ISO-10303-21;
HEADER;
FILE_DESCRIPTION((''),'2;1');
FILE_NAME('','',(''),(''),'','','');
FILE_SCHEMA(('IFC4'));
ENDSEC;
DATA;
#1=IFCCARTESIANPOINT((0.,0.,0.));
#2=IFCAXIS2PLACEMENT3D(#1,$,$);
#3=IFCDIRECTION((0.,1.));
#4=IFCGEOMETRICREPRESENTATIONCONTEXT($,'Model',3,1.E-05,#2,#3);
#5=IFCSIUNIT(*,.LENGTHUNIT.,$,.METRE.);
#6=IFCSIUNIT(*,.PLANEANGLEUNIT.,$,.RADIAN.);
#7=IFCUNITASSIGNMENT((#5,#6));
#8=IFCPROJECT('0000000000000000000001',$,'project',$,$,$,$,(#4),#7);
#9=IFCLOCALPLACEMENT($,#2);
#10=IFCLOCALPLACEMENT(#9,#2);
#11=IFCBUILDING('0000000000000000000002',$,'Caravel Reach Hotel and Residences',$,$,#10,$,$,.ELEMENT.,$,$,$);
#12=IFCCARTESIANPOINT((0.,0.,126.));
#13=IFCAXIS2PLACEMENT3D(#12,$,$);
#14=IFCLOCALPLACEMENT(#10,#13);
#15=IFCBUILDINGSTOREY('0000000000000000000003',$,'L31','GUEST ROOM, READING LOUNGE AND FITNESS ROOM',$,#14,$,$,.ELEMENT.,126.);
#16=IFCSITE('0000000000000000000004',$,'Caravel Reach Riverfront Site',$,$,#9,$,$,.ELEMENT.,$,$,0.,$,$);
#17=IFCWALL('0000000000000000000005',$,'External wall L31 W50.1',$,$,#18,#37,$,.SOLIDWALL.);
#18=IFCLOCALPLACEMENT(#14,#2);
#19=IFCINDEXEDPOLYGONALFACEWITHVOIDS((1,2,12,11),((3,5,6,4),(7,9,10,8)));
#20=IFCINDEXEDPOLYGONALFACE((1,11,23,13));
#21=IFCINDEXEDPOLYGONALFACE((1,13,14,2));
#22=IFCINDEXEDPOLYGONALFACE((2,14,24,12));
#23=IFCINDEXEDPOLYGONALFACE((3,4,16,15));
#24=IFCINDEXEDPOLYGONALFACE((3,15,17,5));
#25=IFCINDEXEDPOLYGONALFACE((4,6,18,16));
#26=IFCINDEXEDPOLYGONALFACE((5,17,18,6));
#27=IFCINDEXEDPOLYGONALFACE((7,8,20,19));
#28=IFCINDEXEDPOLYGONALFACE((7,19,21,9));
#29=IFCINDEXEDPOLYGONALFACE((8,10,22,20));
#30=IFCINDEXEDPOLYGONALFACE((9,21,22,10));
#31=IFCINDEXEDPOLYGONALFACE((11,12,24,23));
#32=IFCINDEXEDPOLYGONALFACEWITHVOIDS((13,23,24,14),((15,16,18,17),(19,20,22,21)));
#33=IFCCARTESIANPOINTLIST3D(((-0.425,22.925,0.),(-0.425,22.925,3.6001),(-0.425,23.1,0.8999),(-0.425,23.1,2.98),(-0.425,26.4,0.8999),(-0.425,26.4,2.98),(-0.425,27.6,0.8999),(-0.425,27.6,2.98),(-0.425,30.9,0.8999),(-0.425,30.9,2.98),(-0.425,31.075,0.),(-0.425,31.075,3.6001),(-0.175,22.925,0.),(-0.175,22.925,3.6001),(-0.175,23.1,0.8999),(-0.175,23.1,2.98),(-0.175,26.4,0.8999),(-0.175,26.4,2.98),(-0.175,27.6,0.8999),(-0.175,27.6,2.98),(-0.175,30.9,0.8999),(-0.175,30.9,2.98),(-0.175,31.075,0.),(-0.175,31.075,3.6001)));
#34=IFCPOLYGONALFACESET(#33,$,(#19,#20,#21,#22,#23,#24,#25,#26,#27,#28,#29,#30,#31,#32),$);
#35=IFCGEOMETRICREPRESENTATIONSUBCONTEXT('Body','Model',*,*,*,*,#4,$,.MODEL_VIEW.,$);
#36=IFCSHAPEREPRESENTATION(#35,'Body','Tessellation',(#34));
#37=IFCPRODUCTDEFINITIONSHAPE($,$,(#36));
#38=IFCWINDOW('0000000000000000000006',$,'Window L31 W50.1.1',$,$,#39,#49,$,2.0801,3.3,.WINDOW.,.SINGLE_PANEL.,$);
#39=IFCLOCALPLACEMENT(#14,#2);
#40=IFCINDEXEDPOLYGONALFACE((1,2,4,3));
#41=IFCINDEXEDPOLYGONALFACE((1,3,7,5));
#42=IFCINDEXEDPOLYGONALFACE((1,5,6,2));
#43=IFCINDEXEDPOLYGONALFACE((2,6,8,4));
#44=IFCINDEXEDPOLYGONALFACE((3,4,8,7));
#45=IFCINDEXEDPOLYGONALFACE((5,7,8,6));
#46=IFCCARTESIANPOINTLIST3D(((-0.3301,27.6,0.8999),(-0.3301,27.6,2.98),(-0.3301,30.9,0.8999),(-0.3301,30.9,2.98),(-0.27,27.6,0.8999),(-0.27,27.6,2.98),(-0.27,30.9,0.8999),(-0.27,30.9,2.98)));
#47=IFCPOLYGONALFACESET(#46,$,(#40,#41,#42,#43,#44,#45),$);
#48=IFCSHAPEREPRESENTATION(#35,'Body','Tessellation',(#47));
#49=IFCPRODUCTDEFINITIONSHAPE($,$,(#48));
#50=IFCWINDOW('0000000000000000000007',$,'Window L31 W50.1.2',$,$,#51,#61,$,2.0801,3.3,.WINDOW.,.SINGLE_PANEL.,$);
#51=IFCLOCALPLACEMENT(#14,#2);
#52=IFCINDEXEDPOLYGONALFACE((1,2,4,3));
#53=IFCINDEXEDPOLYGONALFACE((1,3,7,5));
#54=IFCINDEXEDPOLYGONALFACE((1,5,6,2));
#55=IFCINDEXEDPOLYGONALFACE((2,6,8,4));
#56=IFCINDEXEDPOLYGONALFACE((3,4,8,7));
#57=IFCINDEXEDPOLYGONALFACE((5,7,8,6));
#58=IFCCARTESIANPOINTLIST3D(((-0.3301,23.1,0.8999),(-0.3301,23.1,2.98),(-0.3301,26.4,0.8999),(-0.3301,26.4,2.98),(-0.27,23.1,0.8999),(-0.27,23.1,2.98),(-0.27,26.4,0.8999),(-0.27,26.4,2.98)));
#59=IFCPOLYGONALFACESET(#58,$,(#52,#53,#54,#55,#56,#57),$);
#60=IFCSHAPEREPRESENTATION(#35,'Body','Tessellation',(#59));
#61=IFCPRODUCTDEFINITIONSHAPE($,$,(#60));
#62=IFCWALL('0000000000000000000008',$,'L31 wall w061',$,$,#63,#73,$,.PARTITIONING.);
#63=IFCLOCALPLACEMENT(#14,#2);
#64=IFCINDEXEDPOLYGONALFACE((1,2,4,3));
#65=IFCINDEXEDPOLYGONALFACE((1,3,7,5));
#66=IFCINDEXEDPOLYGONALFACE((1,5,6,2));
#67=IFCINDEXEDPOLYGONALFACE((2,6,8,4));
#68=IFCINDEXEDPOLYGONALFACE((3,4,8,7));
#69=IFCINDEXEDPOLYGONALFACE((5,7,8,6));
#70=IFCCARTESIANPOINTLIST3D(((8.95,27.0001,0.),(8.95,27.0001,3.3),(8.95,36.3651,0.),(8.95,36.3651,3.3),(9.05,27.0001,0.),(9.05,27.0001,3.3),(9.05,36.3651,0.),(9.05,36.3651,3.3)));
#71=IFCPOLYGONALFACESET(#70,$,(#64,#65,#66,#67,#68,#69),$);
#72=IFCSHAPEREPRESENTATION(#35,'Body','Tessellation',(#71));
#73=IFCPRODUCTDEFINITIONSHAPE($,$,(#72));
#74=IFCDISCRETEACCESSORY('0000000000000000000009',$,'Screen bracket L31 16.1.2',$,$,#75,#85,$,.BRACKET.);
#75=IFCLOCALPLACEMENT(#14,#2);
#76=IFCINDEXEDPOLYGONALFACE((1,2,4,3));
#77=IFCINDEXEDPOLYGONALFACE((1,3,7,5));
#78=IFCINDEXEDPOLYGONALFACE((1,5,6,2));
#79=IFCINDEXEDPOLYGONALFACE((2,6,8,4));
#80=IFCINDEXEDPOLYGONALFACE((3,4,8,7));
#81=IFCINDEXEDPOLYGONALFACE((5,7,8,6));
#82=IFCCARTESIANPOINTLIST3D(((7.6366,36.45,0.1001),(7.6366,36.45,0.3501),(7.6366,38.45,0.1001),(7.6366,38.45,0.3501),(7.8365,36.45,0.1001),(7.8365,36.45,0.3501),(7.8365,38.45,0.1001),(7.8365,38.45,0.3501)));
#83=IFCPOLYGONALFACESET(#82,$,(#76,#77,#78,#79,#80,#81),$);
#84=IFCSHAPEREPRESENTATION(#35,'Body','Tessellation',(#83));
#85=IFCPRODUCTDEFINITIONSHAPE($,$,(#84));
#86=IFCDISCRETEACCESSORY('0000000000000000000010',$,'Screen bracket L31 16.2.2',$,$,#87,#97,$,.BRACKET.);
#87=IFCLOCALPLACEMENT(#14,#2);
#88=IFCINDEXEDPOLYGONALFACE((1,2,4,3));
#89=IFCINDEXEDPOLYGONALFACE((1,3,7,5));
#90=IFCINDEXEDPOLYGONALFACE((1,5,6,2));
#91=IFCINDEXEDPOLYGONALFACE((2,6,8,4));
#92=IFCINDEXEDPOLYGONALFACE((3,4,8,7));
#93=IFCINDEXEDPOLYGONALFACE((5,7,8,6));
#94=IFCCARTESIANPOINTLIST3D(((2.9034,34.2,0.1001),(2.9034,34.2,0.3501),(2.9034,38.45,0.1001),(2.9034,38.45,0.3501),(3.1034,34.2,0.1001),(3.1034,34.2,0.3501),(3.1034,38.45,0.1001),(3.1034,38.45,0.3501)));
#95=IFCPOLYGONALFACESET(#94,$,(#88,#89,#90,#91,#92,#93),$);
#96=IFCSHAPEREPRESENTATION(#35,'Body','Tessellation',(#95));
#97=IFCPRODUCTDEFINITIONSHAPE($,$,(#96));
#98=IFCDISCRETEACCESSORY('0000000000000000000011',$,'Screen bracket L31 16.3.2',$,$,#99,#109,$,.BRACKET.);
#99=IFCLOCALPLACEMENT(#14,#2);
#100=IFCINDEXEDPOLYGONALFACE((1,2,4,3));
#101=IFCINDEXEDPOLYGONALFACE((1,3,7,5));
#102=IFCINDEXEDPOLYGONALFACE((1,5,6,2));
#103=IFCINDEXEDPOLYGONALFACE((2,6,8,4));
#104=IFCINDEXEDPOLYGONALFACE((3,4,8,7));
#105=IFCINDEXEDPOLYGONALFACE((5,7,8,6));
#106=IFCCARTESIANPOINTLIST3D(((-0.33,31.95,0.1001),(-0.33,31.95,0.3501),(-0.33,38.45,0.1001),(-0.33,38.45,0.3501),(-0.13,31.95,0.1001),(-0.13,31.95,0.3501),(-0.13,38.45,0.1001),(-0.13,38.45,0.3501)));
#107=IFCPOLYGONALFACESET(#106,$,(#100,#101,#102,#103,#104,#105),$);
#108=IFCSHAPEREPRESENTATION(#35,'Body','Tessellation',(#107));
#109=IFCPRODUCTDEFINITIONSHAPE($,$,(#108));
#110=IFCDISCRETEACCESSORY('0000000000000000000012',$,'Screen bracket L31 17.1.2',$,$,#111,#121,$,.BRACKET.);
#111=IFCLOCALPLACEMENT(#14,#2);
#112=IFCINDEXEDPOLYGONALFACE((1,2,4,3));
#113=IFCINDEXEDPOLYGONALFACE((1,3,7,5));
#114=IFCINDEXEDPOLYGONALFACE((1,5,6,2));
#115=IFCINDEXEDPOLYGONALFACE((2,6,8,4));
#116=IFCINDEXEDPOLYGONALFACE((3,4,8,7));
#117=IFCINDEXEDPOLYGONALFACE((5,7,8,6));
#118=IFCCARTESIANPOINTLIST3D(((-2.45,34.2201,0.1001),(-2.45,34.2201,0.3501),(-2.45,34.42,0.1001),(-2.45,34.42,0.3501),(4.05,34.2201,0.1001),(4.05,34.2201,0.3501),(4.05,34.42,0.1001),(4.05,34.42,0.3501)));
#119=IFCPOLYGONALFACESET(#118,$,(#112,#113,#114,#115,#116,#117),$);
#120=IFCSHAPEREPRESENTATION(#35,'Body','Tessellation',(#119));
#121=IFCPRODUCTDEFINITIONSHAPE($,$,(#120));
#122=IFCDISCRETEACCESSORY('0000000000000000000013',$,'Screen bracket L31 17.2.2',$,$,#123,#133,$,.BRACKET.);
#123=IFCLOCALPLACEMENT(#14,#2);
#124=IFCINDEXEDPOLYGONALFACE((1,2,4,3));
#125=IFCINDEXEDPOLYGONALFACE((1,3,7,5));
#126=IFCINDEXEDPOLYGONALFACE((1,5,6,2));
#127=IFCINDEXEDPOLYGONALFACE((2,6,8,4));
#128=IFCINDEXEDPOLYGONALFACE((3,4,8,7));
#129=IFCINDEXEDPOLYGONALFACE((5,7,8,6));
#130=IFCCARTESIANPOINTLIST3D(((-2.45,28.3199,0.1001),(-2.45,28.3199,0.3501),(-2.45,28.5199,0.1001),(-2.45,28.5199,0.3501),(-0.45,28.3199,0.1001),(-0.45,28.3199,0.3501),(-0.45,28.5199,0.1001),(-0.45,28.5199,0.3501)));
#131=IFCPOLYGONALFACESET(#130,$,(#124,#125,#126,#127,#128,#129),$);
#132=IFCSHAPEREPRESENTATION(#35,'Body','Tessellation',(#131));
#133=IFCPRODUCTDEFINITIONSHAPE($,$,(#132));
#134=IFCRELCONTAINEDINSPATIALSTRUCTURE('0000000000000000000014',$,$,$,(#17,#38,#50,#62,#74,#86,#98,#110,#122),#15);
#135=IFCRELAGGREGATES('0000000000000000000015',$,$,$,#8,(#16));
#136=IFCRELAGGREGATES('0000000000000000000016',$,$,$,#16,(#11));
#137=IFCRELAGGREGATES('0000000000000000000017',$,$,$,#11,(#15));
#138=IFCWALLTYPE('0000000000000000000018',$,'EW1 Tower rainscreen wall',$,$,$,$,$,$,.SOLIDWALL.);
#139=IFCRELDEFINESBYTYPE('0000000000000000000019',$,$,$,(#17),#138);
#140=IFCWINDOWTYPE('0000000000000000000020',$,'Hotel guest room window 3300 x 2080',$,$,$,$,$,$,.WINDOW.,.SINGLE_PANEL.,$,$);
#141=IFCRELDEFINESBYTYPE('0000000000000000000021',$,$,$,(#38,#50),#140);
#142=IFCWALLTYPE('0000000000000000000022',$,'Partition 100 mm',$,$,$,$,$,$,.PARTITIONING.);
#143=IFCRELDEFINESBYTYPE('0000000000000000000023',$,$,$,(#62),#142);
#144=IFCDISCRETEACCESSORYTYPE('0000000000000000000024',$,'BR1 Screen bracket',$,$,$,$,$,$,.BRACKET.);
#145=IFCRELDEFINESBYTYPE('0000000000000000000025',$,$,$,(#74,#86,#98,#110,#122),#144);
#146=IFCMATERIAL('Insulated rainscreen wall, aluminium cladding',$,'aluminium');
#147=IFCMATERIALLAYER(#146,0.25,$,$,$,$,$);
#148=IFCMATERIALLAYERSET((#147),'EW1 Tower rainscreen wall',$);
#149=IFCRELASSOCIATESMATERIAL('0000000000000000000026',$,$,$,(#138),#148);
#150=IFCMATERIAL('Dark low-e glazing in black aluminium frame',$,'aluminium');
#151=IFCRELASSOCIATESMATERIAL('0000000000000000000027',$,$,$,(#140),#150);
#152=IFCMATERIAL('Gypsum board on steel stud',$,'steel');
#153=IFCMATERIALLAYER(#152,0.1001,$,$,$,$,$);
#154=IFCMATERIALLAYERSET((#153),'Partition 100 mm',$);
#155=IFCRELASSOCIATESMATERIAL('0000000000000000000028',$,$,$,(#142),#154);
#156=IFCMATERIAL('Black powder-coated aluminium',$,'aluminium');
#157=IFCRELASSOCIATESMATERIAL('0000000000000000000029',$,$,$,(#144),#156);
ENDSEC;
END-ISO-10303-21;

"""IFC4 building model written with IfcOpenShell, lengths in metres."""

from ifc_helpers import new_model, si_unit, direction, frame, frame_2d, origin, origin_2d, place, context, subcontext, project, spatial, rectangle, extrude, material, layer, layer_set, type_object, element, fill, save


model = new_model("IFC4")

# Units and contexts
model_context = context("Model", 3, precision=1e-05, world=origin(), true_north=direction((0.0, 1.0)))
body_context = subcontext(model_context, "Body", "Model", "MODEL_VIEW")
ifc_project = project(units=[si_unit("LENGTHUNIT", "METRE"), si_unit("PLANEANGLEUNIT", "RADIAN")], contexts=[model_context])

# Site, building, storey
site_placement = place(None, origin())
site = spatial("IfcSite", under=ifc_project, at=site_placement, Name="Caravel Reach Riverfront Site", CompositionType="ELEMENT", RefElevation=0.0)
building_placement = place(site_placement, origin())
building = spatial("IfcBuilding", under=site, at=building_placement, Name="Caravel Reach Hotel and Residences", CompositionType="ELEMENT")
storey_placement = place(building_placement, frame((0.0, 0.0, 126.0)))
storey = spatial("IfcBuildingStorey", under=building, at=storey_placement, Name="L31", Description="GUEST ROOM, READING LOUNGE AND FITNESS ROOM", CompositionType="ELEMENT", Elevation=126.0)

# Shared definitions
ifc_material_1 = material(Name="Insulated rainscreen wall, aluminium cladding", Category="aluminium")
ifc_layer_1 = layer(ifc_material_1, 0.25)
ifc_layer_set_1 = layer_set([ifc_layer_1], Name="EW1 Tower rainscreen wall")
wall_type_1 = type_object("IfcWallType", Name="EW1 Tower rainscreen wall", PredefinedType="SOLIDWALL", material=ifc_layer_set_1)

# Wall, openings, windows
wall_1_placement = place(storey_placement, frame((-0.3, 31.075, 0.0), z_axis=(0.0, 0.0, 1.0), x_axis=(0.0, -1.0, 0.0)))
wall_1 = element("IfcWall", 1, at=wall_1_placement, inside=storey, type_object=wall_type_1, Name="External wall L31 W50.1", PredefinedType="SOLIDWALL", context=body_context, shape_type="SweptSolid", body=[
    extrude(rectangle(XDim=8.1499, YDim=0.25, at=frame_2d((4.075, 0.0))), origin(), (0.0, 0.0, 1.0), 3.6001),
])
opening_1_placement = place(wall_1_placement, frame((0.175, 0.0, 0.8999)))
opening_1 = element("IfcOpeningElement", 2, at=opening_1_placement, cuts=wall_1, PredefinedType="OPENING", context=body_context, shape_type="SweptSolid", body=[
    extrude(rectangle(XDim=3.3, YDim=2.0801, at=frame_2d((1.6499, 1.04))), frame((0.0, 0.135, 0.0), z_axis=(0.0, -1.0, 0.0), x_axis=(1.0, 0.0, 0.0)), (0.0, 0.0, 1.0), 0.27),
])
opening_2_placement = place(wall_1_placement, frame((4.675, 0.0, 0.8999)))
opening_2 = element("IfcOpeningElement", 3, at=opening_2_placement, cuts=wall_1, PredefinedType="OPENING", context=body_context, shape_type="SweptSolid", body=[
    extrude(rectangle(XDim=3.3, YDim=2.0801, at=frame_2d((1.6499, 1.04))), frame((0.0, 0.135, 0.0), z_axis=(0.0, -1.0, 0.0), x_axis=(1.0, 0.0, 0.0)), (0.0, 0.0, 1.0), 0.27),
])
ifc_material_2 = material(Name="Dark low-e glazing in black aluminium frame", Category="aluminium")
window_type_1 = type_object("IfcWindowType", Name="Hotel guest room window 3300 x 2080", PartitioningType="SINGLE_PANEL", PredefinedType="WINDOW", material=ifc_material_2)
window_1_placement = place(opening_1_placement, origin())
window_1 = element("IfcWindow", 4, at=window_1_placement, inside=storey, type_object=window_type_1, Name="Window L31 W50.1.1", OverallHeight=2.0801, OverallWidth=3.3, PartitioningType="SINGLE_PANEL", PredefinedType="WINDOW", context=body_context, shape_type="SweptSolid", body=[
    extrude(rectangle(XDim=3.3, YDim=2.0801, at=frame_2d((1.6499, 1.04))), frame((0.0, 0.03, 0.0), z_axis=(0.0, -1.0, 0.0), x_axis=(1.0, 0.0, 0.0)), (0.0, 0.0, 1.0), 0.0601),
])
fill(opening_1, window_1)
window_2_placement = place(opening_2_placement, origin())
window_2 = element("IfcWindow", 5, at=window_2_placement, inside=storey, type_object=window_type_1, Name="Window L31 W50.1.2", OverallHeight=2.0801, OverallWidth=3.3, PartitioningType="SINGLE_PANEL", PredefinedType="WINDOW", context=body_context, shape_type="SweptSolid", body=[
    extrude(rectangle(XDim=3.3, YDim=2.0801, at=frame_2d((1.6499, 1.04))), frame((0.0, 0.03, 0.0), z_axis=(0.0, -1.0, 0.0), x_axis=(1.0, 0.0, 0.0)), (0.0, 0.0, 1.0), 0.0601),
])
fill(opening_2, window_2)

# Wall
ifc_material_3 = material(Name="Gypsum board on steel stud", Category="steel")
ifc_layer_2 = layer(ifc_material_3, 0.1001)
ifc_layer_set_2 = layer_set([ifc_layer_2], Name="Partition 100 mm")
wall_type_2 = type_object("IfcWallType", Name="Partition 100 mm", PredefinedType="PARTITIONING", material=ifc_layer_set_2)
wall_2_placement = place(storey_placement, frame((9.0, 27.0, 0.0), z_axis=(0.0, 0.0, 1.0), x_axis=(0.0, 1.0, 0.0)))
element("IfcWall", 6, at=wall_2_placement, inside=storey, type_object=wall_type_2, Name="L31 wall w061", PredefinedType="PARTITIONING", context=body_context, shape_type="SweptSolid", body=[
    extrude(rectangle(XDim=9.365, YDim=0.1001, at=frame_2d((4.6826, 0.0))), origin(), (0.0, 0.0, 1.0), 3.3),
])

# Discrete accessories
ifc_material_4 = material(Name="Black powder-coated aluminium", Category="aluminium")
discrete_accessory_type = type_object("IfcDiscreteAccessoryType", Name="BR1 Screen bracket", PredefinedType="BRACKET", material=ifc_material_4)
discrete_accessory_1_placement = place(storey_placement, frame((7.7366, 37.45, 0.1001), z_axis=(0.0, 0.0, 1.0), x_axis=(0.0, 1.0, 0.0)))
element("IfcDiscreteAccessory", 7, at=discrete_accessory_1_placement, inside=storey, type_object=discrete_accessory_type, Name="Screen bracket L31 16.1.2", PredefinedType="BRACKET", context=body_context, shape_type="SweptSolid", body=[
    extrude(rectangle(XDim=2.0, YDim=0.2, at=origin_2d()), origin(), (0.0, 0.0, 1.0), 0.25),
])
discrete_accessory_2_placement = place(storey_placement, frame((3.0034, 36.325, 0.1001), z_axis=(0.0, 0.0, 1.0), x_axis=(0.0, 1.0, 0.0)))
element("IfcDiscreteAccessory", 8, at=discrete_accessory_2_placement, inside=storey, type_object=discrete_accessory_type, Name="Screen bracket L31 16.2.2", PredefinedType="BRACKET", context=body_context, shape_type="SweptSolid", body=[
    extrude(rectangle(XDim=4.25, YDim=0.2, at=origin_2d()), origin(), (0.0, 0.0, 1.0), 0.25),
])
for number, where, z_axis, x_axis, name in (
    (9, (-0.23, 35.2, 0.1001), (0.0, 0.0, 1.0), (0.0, 1.0, 0.0), "Screen bracket L31 16.3.2"),
    (10, (0.8, 34.3201, 0.1001), (0.0, 0.0, 1.0), (-1.0, 0.0, 0.0), "Screen bracket L31 17.1.2"),
):
    element("IfcDiscreteAccessory", number, at=place(storey_placement, frame(where, z_axis=z_axis, x_axis=x_axis)), inside=storey, type_object=discrete_accessory_type, Name=name, PredefinedType="BRACKET", context=body_context, shape_type="SweptSolid", body=[
        extrude(rectangle(XDim=6.5, YDim=0.2, at=origin_2d()), origin(), (0.0, 0.0, 1.0), 0.25),
    ])
discrete_accessory_3_placement = place(storey_placement, frame((-1.45, 28.4199, 0.1001), z_axis=(0.0, 0.0, 1.0), x_axis=(-1.0, 0.0, 0.0)))
element("IfcDiscreteAccessory", 11, at=discrete_accessory_3_placement, inside=storey, type_object=discrete_accessory_type, Name="Screen bracket L31 17.2.2", PredefinedType="BRACKET", context=body_context, shape_type="SweptSolid", body=[
    extrude(rectangle(XDim=2.0, YDim=0.2, at=origin_2d()), origin(), (0.0, 0.0, 1.0), 0.25),
])

save(model, "model.ifc")
